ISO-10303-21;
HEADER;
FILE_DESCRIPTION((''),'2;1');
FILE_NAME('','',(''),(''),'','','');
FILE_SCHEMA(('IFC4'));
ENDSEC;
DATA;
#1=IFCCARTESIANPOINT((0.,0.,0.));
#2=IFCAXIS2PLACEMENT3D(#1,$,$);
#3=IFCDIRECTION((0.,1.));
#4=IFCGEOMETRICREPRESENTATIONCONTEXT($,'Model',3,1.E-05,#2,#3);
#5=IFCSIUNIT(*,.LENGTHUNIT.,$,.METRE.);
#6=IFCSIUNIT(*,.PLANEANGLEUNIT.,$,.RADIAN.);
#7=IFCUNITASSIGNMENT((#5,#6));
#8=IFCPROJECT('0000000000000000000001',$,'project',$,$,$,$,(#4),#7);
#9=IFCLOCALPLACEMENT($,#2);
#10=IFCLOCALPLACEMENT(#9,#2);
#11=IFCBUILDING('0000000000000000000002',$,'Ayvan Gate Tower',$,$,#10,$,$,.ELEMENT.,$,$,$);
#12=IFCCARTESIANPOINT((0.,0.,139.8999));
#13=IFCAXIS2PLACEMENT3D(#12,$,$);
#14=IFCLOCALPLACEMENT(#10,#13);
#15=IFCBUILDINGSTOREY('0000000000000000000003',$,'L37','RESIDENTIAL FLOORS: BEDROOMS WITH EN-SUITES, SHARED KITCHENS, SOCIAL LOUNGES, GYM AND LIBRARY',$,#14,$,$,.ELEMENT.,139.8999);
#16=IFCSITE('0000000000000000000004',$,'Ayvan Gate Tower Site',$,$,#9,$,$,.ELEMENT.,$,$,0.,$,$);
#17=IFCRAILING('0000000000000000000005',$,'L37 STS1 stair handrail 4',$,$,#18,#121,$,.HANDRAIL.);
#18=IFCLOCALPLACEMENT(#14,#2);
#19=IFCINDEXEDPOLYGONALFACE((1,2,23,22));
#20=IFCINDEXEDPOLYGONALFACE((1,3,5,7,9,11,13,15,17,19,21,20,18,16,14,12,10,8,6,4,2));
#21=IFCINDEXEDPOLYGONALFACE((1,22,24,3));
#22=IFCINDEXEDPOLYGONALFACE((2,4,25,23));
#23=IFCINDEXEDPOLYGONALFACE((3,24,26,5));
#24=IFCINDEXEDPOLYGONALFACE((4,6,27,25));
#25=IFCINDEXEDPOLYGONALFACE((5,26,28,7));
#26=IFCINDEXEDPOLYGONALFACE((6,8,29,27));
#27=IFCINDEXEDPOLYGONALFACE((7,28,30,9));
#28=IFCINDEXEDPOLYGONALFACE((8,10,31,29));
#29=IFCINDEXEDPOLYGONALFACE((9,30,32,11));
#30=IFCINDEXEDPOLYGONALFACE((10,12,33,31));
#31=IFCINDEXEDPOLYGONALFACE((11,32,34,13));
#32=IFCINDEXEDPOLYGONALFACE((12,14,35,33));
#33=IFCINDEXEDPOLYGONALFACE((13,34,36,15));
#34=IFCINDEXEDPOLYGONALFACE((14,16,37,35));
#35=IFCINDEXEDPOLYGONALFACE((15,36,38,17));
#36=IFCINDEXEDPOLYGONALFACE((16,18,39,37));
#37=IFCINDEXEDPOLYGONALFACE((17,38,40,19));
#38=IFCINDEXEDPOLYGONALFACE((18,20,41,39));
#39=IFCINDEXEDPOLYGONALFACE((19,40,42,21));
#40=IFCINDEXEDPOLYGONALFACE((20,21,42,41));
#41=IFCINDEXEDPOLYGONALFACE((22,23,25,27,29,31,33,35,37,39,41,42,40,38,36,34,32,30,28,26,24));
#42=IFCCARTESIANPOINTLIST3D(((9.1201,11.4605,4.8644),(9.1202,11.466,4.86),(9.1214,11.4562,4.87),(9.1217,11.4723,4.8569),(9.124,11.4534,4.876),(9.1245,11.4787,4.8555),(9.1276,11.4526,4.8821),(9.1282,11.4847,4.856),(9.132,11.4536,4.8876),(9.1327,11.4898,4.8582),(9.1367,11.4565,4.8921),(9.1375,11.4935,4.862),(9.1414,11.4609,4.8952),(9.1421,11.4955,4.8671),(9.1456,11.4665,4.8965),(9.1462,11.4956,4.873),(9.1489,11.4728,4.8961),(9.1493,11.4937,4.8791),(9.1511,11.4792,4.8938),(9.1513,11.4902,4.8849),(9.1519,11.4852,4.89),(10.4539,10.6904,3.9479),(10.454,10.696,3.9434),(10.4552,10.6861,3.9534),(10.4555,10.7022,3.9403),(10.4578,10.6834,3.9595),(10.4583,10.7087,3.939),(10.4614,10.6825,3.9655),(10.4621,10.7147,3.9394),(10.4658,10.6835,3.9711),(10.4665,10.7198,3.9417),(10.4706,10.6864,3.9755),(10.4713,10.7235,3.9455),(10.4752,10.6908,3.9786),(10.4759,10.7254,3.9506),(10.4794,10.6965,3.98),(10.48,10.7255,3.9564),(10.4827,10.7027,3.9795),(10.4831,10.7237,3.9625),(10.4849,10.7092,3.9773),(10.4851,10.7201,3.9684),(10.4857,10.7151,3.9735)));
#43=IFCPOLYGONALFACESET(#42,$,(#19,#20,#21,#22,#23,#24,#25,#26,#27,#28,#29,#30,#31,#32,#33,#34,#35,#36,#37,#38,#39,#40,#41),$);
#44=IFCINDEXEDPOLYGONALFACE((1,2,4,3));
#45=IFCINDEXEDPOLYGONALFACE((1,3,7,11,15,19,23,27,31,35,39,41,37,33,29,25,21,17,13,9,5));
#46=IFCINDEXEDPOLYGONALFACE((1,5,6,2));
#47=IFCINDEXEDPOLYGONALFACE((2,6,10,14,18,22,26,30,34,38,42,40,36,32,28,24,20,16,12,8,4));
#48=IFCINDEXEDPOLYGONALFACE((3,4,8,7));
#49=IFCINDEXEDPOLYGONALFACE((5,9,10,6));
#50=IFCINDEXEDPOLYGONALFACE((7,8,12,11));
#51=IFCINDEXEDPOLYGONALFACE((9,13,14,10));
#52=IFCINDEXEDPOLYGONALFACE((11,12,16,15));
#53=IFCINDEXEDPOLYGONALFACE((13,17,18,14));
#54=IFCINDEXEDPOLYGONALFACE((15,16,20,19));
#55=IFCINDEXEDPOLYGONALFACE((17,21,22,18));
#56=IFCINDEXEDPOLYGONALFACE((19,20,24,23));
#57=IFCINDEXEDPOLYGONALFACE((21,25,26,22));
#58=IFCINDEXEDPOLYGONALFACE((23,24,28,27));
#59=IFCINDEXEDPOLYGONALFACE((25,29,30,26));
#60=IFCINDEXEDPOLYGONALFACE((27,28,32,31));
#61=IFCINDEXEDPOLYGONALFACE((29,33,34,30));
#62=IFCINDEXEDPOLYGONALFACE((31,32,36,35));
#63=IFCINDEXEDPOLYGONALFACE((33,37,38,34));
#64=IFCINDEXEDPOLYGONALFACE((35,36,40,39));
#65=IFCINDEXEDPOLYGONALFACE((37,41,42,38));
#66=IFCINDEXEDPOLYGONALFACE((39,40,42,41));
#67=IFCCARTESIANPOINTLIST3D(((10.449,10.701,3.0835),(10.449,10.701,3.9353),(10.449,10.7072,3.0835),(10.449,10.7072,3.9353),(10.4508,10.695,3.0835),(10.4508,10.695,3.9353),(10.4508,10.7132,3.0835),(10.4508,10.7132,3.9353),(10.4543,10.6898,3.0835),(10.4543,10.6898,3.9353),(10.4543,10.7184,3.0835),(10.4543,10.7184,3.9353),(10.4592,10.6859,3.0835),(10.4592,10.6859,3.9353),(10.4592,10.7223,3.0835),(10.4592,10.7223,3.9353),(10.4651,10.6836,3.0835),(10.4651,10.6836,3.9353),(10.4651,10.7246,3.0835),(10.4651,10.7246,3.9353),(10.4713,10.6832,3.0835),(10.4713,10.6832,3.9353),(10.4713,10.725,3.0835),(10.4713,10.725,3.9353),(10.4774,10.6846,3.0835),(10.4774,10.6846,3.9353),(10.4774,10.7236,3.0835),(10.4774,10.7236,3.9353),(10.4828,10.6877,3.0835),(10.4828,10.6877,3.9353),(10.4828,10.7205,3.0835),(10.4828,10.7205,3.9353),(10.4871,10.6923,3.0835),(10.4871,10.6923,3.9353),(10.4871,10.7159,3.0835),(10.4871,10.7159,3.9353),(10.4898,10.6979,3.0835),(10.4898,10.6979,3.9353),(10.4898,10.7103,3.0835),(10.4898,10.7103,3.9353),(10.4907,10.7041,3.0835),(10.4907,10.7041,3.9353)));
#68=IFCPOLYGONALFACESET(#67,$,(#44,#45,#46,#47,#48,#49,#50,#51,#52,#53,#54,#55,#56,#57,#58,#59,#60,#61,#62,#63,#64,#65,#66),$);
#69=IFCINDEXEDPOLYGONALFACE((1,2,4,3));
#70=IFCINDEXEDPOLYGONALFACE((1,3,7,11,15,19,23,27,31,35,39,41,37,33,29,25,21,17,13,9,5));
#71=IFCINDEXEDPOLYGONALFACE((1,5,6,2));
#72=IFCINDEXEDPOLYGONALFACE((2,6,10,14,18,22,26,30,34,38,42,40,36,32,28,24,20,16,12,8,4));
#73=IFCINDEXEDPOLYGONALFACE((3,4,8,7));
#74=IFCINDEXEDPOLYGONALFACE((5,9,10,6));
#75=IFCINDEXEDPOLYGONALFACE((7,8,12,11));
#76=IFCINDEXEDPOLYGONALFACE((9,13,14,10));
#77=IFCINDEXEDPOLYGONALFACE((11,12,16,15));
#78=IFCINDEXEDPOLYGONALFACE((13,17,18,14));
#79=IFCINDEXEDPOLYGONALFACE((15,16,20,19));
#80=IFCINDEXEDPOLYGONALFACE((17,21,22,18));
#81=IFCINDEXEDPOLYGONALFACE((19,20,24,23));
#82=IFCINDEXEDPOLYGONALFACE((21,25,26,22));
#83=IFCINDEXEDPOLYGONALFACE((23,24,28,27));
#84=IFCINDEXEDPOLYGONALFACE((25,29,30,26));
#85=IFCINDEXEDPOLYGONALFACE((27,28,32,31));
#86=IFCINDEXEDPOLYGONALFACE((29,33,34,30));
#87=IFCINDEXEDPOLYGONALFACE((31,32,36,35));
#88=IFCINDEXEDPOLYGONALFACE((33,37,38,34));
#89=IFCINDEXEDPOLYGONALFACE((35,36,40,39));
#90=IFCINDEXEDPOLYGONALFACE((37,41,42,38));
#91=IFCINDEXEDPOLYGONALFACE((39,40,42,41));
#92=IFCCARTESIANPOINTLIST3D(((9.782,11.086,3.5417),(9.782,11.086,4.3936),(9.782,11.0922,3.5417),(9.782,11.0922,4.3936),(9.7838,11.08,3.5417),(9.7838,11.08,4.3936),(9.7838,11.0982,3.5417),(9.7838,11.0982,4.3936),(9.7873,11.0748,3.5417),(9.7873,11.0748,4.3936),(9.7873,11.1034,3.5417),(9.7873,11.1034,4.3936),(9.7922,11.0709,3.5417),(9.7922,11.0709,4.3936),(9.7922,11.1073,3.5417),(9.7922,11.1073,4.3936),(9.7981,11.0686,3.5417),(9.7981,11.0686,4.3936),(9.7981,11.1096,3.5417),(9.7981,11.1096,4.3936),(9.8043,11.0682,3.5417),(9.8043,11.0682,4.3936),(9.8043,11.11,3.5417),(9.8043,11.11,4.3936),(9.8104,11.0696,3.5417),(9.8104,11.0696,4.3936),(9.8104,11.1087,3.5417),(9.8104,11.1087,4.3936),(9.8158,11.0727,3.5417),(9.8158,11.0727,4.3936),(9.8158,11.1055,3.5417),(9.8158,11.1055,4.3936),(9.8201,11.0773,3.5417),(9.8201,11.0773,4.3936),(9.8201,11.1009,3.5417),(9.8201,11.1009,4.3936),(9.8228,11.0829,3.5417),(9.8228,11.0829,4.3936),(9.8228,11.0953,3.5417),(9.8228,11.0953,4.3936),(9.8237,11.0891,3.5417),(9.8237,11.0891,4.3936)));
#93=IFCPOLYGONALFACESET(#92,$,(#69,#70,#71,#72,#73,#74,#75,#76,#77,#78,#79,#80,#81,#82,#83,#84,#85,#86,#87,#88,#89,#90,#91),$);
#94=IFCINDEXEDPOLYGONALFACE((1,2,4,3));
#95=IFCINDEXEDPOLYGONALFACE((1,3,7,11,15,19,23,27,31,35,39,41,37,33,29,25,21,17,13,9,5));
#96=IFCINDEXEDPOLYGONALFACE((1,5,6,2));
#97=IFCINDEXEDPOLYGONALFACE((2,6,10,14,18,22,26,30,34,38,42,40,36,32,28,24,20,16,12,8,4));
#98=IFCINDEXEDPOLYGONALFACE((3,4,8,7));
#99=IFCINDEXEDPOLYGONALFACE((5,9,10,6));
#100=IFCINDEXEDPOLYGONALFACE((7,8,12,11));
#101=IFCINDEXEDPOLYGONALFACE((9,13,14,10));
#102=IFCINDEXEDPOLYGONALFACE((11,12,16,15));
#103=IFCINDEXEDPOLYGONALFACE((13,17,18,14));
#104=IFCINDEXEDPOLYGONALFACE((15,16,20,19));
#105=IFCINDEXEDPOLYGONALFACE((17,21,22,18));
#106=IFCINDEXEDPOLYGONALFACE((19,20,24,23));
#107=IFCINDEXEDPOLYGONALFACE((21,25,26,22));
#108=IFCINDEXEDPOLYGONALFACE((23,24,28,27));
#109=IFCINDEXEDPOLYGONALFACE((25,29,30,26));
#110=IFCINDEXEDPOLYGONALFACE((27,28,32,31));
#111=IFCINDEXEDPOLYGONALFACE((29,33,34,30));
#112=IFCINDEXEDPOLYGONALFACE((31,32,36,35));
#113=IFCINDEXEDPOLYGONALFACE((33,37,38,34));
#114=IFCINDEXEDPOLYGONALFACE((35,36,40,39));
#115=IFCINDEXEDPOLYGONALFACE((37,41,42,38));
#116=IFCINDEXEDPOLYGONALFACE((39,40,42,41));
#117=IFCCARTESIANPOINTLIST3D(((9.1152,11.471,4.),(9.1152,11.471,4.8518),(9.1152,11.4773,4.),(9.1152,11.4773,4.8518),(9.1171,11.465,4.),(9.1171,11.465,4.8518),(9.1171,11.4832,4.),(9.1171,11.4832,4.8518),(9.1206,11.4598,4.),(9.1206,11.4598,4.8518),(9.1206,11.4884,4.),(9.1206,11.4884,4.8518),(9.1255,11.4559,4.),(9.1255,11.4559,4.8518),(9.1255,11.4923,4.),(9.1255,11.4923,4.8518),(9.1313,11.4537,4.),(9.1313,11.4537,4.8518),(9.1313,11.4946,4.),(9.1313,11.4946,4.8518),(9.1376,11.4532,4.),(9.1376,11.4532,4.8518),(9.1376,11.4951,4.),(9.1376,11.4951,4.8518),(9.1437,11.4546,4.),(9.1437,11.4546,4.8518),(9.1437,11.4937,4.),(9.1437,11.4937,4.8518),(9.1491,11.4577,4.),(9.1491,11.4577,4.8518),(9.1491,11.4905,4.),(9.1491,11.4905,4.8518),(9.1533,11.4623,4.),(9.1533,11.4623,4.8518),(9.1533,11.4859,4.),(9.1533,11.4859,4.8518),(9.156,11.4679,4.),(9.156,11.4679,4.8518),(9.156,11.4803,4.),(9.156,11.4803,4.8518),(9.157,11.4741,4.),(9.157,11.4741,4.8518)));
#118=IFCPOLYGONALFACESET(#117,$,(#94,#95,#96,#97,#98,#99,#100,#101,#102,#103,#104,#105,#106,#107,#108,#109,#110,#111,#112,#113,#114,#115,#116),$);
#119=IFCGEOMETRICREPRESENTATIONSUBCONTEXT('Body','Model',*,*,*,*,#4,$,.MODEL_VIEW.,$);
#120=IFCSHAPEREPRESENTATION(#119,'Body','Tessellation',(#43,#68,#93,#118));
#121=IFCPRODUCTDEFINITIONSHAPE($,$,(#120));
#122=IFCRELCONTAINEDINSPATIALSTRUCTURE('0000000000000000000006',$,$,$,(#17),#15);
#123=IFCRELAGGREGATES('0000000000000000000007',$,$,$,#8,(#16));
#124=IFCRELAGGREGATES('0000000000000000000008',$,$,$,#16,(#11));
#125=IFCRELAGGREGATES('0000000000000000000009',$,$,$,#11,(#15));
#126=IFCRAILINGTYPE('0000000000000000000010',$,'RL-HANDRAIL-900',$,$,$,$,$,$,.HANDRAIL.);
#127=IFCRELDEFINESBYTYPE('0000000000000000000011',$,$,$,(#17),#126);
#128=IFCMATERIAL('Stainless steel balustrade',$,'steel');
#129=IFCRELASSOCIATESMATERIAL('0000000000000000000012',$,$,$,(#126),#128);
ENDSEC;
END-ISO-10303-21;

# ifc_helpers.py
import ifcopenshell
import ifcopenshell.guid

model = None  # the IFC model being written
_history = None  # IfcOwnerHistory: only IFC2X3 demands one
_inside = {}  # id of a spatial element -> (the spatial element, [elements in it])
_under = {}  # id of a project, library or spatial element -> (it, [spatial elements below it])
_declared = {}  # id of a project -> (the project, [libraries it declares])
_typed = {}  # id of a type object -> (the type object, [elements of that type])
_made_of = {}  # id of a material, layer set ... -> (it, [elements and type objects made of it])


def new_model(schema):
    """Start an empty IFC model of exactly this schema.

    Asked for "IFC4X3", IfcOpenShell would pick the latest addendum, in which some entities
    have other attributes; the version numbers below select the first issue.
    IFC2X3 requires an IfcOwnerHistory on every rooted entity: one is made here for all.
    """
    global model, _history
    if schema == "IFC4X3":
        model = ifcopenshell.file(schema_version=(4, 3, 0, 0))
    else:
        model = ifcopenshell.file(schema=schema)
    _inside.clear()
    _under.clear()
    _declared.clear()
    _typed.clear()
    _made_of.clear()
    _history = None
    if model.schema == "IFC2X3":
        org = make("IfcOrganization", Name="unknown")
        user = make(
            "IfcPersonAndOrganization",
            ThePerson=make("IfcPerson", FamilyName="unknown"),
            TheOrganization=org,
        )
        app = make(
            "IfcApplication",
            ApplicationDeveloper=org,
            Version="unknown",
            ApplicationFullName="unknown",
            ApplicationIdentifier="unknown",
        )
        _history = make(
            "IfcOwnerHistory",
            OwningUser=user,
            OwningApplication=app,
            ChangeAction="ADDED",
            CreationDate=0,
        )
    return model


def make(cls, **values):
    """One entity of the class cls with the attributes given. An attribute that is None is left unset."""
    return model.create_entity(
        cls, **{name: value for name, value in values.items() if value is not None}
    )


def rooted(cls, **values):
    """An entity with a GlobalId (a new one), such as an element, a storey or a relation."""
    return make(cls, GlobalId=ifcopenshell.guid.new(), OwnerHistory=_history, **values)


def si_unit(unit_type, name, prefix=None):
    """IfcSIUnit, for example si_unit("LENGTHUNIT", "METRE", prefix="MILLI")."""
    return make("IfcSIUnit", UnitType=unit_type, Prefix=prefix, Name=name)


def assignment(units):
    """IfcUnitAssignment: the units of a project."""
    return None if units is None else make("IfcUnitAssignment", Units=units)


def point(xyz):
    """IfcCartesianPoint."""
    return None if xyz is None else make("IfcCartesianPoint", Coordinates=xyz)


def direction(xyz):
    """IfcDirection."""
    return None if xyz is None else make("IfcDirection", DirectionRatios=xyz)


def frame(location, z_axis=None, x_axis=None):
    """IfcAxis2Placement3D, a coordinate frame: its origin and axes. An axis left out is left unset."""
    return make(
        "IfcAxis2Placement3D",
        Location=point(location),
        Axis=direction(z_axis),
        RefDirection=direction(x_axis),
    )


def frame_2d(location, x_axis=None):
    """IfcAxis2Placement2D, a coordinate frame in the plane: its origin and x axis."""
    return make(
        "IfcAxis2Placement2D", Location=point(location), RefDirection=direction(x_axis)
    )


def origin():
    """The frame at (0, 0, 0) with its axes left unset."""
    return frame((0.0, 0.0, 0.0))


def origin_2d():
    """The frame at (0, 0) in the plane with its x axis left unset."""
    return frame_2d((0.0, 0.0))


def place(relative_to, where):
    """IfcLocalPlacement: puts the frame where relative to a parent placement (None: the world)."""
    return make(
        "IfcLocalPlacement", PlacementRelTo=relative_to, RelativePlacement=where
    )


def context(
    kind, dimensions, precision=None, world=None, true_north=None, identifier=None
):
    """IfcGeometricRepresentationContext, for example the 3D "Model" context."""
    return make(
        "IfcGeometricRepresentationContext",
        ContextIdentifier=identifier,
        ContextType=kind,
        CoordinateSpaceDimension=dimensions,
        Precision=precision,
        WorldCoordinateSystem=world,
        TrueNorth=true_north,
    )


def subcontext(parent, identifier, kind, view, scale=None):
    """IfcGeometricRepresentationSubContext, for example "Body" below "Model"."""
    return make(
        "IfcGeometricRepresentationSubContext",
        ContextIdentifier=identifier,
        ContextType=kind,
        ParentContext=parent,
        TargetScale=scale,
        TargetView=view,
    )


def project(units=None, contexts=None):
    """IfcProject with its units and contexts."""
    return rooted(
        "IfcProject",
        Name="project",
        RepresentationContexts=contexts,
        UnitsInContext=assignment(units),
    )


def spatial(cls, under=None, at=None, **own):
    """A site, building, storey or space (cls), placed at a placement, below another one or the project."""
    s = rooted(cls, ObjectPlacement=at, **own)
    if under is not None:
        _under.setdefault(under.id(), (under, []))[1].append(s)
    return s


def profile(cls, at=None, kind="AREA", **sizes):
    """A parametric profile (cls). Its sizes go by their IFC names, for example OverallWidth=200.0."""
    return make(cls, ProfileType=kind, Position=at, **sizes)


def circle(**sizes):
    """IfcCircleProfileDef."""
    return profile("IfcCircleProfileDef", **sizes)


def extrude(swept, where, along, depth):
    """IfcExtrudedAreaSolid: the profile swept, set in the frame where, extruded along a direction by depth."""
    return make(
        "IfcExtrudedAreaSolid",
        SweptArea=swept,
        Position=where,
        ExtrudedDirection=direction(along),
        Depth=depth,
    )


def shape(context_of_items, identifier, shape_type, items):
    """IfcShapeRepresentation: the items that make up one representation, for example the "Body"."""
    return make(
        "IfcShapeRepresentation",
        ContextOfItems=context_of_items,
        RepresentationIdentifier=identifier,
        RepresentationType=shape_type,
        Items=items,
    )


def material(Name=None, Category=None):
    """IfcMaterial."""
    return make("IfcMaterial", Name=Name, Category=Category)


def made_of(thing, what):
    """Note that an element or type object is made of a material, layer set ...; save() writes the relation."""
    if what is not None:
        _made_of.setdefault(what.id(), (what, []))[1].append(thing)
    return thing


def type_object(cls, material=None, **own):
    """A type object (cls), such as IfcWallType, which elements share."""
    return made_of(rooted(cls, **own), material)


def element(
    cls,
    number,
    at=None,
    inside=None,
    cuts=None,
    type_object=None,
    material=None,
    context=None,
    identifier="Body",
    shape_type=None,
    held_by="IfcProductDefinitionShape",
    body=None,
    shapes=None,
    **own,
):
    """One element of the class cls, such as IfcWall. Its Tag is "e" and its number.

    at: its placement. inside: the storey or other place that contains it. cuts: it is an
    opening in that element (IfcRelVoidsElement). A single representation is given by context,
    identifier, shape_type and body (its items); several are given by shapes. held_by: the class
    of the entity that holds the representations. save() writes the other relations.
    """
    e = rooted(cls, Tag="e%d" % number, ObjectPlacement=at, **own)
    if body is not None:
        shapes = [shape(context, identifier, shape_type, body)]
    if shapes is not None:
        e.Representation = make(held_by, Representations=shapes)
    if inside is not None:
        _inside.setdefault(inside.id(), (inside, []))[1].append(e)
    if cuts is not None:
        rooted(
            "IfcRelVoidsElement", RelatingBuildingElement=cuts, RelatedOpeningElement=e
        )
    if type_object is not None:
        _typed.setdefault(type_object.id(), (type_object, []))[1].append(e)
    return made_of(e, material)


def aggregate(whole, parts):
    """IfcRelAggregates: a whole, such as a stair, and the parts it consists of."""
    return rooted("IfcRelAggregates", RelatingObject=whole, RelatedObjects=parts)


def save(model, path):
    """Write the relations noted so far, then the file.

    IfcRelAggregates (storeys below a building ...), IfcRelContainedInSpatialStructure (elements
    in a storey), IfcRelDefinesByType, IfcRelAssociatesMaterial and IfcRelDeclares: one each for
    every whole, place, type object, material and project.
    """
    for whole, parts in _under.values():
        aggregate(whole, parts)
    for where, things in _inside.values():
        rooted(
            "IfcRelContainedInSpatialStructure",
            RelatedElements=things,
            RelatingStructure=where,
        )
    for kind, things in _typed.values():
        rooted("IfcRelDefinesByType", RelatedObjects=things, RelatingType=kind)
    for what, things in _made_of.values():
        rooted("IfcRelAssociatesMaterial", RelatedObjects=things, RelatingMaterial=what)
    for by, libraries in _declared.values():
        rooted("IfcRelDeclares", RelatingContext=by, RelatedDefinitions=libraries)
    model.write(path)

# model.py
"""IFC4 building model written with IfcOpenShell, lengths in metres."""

from ifc_helpers import new_model, si_unit, direction, frame, origin, origin_2d, place, context, subcontext, project, spatial, circle, extrude, material, type_object, element, save


model = new_model("IFC4")

# Units and contexts
model_context = context("Model", 3, precision=1e-05, world=origin(), true_north=direction((0.0, 1.0)))
body_context = subcontext(model_context, "Body", "Model", "MODEL_VIEW")
ifc_project = project(units=[si_unit("LENGTHUNIT", "METRE"), si_unit("PLANEANGLEUNIT", "RADIAN")], contexts=[model_context])

# Site, building, storey
site_placement = place(None, origin())
site = spatial("IfcSite", under=ifc_project, at=site_placement, Name="Ayvan Gate Tower Site", CompositionType="ELEMENT", RefElevation=0.0)
building_placement = place(site_placement, origin())
building = spatial("IfcBuilding", under=site, at=building_placement, Name="Ayvan Gate Tower", CompositionType="ELEMENT")
storey_placement = place(building_placement, frame((0.0, 0.0, 139.8999)))
storey = spatial("IfcBuildingStorey", under=building, at=storey_placement, Name="L37", Description="RESIDENTIAL FLOORS: BEDROOMS WITH EN-SUITES, SHARED KITCHENS, SOCIAL LOUNGES, GYM AND LIBRARY", CompositionType="ELEMENT", Elevation=139.8999)

# Railing
ifc_material_1 = material(Name="Stainless steel balustrade", Category="steel")
railing_type_1 = type_object("IfcRailingType", Name="RL-HANDRAIL-900", PredefinedType="HANDRAIL", material=ifc_material_1)
railing_1_placement = place(storey_placement, frame((10.4697, 10.7041, 3.0835)))
element("IfcRailing", 1, at=railing_1_placement, inside=storey, type_object=railing_type_1, Name="L37 STS1 stair handrail 4", PredefinedType="HANDRAIL", context=body_context, shape_type="SweptSolid", body=[
    extrude(circle(Radius=0.0239, at=origin_2d()), frame((0.0, 0.0, 0.876), z_axis=(-0.744216, 0.429664, 0.511401), x_axis=(-0.499992, -0.86603, 0.0)), (0.0, 0.0, 1.0), 1.7922),
    extrude(circle(Radius=0.021, at=origin_2d()), origin(), (0.0, 0.0, 1.0), 0.8518),
    extrude(circle(Radius=0.021, at=origin_2d()), frame((-0.667, 0.385, 0.4583)), (0.0, 0.0, 1.0), 0.8518),
    extrude(circle(Radius=0.021, at=origin_2d()), frame((-1.3337, 0.77, 0.9165)), (0.0, 0.0, 1.0), 0.8518),
])

save(model, "model.ifc")
